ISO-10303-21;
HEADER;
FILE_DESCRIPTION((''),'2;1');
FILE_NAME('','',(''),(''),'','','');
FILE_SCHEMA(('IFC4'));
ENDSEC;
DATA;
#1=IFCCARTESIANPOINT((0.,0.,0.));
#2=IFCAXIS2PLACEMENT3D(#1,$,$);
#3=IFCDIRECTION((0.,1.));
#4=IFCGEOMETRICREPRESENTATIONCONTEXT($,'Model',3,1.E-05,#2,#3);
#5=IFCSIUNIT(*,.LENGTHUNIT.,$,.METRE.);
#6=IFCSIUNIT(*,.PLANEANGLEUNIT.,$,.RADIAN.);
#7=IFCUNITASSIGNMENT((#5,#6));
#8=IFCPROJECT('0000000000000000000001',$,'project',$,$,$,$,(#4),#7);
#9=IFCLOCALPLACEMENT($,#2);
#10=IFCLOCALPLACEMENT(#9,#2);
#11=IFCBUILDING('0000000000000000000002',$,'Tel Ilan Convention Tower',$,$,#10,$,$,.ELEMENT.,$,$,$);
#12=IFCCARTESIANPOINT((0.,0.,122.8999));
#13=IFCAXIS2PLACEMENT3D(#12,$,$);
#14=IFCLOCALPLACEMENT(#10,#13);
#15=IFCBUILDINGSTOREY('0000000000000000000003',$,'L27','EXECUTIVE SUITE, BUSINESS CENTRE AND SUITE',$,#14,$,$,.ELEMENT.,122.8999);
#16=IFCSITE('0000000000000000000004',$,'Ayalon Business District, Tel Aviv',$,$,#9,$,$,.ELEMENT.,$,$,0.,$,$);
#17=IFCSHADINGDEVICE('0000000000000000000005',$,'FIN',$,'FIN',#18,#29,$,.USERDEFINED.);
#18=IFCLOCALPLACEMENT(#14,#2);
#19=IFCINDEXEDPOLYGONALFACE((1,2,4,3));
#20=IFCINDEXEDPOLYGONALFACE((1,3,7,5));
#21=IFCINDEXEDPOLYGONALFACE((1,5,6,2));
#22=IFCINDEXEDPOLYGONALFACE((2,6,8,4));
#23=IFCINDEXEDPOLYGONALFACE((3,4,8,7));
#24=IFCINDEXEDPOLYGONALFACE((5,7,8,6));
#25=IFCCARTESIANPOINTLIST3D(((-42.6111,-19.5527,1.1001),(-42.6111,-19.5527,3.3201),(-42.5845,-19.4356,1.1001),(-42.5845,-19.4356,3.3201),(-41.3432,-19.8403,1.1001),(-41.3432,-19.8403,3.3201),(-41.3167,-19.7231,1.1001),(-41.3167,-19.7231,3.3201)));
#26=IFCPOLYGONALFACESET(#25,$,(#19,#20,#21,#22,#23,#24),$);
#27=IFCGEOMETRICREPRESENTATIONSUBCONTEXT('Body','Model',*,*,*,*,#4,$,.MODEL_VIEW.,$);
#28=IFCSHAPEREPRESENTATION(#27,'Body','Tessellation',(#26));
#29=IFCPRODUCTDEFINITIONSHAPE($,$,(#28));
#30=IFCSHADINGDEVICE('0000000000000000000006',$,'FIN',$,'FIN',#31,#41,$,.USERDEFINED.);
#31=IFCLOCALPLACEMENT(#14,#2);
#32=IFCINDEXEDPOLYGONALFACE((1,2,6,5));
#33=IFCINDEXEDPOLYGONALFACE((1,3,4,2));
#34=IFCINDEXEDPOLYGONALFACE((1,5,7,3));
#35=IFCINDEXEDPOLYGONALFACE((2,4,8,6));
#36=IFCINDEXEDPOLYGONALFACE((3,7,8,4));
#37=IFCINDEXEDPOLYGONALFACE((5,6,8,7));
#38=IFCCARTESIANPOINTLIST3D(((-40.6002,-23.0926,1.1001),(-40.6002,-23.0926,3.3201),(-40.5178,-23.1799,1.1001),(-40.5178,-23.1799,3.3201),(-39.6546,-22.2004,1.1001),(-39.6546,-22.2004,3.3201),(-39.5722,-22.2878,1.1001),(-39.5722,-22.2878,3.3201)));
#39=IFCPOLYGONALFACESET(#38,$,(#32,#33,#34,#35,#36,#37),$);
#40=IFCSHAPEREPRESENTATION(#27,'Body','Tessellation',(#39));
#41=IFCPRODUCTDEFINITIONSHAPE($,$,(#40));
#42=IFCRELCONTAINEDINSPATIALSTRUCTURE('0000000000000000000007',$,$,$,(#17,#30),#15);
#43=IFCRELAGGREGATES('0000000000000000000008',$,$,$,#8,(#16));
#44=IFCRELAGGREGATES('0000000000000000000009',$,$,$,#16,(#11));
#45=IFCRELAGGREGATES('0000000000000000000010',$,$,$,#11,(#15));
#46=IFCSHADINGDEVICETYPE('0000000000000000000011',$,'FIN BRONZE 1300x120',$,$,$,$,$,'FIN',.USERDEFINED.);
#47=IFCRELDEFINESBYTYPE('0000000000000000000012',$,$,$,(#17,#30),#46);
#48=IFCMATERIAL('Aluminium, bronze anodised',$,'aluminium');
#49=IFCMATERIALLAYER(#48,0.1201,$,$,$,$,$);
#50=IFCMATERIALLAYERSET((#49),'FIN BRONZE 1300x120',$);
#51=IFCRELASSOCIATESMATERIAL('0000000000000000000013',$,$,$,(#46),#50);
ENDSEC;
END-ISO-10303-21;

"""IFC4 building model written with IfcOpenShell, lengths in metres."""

from ifc_helpers import new_model, si_unit, direction, frame, origin, origin_2d, place, context, subcontext, project, spatial, rectangle, extrude, material, layer, layer_set, type_object, element, save


model = new_model("IFC4")

# Units and contexts
model_context = context("Model", 3, precision=1e-05, world=origin(), true_north=direction((0.0, 1.0)))
body_context = subcontext(model_context, "Body", "Model", "MODEL_VIEW")
ifc_project = project(units=[si_unit("LENGTHUNIT", "METRE"), si_unit("PLANEANGLEUNIT", "RADIAN")], contexts=[model_context])

# Site, building, storey
site_placement = place(None, origin())
site = spatial("IfcSite", under=ifc_project, at=site_placement, Name="Ayalon Business District, Tel Aviv", CompositionType="ELEMENT", RefElevation=0.0)
building_placement = place(site_placement, origin())
building = spatial("IfcBuilding", under=site, at=building_placement, Name="Tel Ilan Convention Tower", CompositionType="ELEMENT")
storey_placement = place(building_placement, frame((0.0, 0.0, 122.8999)))
storey = spatial("IfcBuildingStorey", under=building, at=storey_placement, Name="L27", Description="EXECUTIVE SUITE, BUSINESS CENTRE AND SUITE", CompositionType="ELEMENT", Elevation=122.8999)

# Shading devices
ifc_material_1 = material(Name="Aluminium, bronze anodised", Category="aluminium")
ifc_layer_1 = layer(ifc_material_1, 0.1201)
ifc_layer_set_1 = layer_set([ifc_layer_1], Name="FIN BRONZE 1300x120")
shading_device_type = type_object("IfcShadingDeviceType", Name="FIN BRONZE 1300x120", ElementType="FIN", PredefinedType="USERDEFINED", material=ifc_layer_set_1)
for number, where, z_axis, x_axis, name in (
    (1, (-41.9639, -19.6379, 1.1001), (0.0, 0.0, 1.0), (-0.975235, 0.22117, 0.0), "FIN"),
    (2, (-40.0862, -22.6902, 1.1001), (0.0, 0.0, 1.0), (-0.727374, -0.686242, 0.0), "FIN"),
):
    element("IfcShadingDevice", number, at=place(storey_placement, frame(where, z_axis=z_axis, x_axis=x_axis)), inside=storey, type_object=shading_device_type, Name=name, ObjectType="FIN", PredefinedType="USERDEFINED", context=body_context, shape_type="SweptSolid", body=[
        extrude(rectangle(XDim=1.3, YDim=0.1201, at=origin_2d()), origin(), (0.0, 0.0, 1.0), 2.22),
    ])

save(model, "model.ifc")
